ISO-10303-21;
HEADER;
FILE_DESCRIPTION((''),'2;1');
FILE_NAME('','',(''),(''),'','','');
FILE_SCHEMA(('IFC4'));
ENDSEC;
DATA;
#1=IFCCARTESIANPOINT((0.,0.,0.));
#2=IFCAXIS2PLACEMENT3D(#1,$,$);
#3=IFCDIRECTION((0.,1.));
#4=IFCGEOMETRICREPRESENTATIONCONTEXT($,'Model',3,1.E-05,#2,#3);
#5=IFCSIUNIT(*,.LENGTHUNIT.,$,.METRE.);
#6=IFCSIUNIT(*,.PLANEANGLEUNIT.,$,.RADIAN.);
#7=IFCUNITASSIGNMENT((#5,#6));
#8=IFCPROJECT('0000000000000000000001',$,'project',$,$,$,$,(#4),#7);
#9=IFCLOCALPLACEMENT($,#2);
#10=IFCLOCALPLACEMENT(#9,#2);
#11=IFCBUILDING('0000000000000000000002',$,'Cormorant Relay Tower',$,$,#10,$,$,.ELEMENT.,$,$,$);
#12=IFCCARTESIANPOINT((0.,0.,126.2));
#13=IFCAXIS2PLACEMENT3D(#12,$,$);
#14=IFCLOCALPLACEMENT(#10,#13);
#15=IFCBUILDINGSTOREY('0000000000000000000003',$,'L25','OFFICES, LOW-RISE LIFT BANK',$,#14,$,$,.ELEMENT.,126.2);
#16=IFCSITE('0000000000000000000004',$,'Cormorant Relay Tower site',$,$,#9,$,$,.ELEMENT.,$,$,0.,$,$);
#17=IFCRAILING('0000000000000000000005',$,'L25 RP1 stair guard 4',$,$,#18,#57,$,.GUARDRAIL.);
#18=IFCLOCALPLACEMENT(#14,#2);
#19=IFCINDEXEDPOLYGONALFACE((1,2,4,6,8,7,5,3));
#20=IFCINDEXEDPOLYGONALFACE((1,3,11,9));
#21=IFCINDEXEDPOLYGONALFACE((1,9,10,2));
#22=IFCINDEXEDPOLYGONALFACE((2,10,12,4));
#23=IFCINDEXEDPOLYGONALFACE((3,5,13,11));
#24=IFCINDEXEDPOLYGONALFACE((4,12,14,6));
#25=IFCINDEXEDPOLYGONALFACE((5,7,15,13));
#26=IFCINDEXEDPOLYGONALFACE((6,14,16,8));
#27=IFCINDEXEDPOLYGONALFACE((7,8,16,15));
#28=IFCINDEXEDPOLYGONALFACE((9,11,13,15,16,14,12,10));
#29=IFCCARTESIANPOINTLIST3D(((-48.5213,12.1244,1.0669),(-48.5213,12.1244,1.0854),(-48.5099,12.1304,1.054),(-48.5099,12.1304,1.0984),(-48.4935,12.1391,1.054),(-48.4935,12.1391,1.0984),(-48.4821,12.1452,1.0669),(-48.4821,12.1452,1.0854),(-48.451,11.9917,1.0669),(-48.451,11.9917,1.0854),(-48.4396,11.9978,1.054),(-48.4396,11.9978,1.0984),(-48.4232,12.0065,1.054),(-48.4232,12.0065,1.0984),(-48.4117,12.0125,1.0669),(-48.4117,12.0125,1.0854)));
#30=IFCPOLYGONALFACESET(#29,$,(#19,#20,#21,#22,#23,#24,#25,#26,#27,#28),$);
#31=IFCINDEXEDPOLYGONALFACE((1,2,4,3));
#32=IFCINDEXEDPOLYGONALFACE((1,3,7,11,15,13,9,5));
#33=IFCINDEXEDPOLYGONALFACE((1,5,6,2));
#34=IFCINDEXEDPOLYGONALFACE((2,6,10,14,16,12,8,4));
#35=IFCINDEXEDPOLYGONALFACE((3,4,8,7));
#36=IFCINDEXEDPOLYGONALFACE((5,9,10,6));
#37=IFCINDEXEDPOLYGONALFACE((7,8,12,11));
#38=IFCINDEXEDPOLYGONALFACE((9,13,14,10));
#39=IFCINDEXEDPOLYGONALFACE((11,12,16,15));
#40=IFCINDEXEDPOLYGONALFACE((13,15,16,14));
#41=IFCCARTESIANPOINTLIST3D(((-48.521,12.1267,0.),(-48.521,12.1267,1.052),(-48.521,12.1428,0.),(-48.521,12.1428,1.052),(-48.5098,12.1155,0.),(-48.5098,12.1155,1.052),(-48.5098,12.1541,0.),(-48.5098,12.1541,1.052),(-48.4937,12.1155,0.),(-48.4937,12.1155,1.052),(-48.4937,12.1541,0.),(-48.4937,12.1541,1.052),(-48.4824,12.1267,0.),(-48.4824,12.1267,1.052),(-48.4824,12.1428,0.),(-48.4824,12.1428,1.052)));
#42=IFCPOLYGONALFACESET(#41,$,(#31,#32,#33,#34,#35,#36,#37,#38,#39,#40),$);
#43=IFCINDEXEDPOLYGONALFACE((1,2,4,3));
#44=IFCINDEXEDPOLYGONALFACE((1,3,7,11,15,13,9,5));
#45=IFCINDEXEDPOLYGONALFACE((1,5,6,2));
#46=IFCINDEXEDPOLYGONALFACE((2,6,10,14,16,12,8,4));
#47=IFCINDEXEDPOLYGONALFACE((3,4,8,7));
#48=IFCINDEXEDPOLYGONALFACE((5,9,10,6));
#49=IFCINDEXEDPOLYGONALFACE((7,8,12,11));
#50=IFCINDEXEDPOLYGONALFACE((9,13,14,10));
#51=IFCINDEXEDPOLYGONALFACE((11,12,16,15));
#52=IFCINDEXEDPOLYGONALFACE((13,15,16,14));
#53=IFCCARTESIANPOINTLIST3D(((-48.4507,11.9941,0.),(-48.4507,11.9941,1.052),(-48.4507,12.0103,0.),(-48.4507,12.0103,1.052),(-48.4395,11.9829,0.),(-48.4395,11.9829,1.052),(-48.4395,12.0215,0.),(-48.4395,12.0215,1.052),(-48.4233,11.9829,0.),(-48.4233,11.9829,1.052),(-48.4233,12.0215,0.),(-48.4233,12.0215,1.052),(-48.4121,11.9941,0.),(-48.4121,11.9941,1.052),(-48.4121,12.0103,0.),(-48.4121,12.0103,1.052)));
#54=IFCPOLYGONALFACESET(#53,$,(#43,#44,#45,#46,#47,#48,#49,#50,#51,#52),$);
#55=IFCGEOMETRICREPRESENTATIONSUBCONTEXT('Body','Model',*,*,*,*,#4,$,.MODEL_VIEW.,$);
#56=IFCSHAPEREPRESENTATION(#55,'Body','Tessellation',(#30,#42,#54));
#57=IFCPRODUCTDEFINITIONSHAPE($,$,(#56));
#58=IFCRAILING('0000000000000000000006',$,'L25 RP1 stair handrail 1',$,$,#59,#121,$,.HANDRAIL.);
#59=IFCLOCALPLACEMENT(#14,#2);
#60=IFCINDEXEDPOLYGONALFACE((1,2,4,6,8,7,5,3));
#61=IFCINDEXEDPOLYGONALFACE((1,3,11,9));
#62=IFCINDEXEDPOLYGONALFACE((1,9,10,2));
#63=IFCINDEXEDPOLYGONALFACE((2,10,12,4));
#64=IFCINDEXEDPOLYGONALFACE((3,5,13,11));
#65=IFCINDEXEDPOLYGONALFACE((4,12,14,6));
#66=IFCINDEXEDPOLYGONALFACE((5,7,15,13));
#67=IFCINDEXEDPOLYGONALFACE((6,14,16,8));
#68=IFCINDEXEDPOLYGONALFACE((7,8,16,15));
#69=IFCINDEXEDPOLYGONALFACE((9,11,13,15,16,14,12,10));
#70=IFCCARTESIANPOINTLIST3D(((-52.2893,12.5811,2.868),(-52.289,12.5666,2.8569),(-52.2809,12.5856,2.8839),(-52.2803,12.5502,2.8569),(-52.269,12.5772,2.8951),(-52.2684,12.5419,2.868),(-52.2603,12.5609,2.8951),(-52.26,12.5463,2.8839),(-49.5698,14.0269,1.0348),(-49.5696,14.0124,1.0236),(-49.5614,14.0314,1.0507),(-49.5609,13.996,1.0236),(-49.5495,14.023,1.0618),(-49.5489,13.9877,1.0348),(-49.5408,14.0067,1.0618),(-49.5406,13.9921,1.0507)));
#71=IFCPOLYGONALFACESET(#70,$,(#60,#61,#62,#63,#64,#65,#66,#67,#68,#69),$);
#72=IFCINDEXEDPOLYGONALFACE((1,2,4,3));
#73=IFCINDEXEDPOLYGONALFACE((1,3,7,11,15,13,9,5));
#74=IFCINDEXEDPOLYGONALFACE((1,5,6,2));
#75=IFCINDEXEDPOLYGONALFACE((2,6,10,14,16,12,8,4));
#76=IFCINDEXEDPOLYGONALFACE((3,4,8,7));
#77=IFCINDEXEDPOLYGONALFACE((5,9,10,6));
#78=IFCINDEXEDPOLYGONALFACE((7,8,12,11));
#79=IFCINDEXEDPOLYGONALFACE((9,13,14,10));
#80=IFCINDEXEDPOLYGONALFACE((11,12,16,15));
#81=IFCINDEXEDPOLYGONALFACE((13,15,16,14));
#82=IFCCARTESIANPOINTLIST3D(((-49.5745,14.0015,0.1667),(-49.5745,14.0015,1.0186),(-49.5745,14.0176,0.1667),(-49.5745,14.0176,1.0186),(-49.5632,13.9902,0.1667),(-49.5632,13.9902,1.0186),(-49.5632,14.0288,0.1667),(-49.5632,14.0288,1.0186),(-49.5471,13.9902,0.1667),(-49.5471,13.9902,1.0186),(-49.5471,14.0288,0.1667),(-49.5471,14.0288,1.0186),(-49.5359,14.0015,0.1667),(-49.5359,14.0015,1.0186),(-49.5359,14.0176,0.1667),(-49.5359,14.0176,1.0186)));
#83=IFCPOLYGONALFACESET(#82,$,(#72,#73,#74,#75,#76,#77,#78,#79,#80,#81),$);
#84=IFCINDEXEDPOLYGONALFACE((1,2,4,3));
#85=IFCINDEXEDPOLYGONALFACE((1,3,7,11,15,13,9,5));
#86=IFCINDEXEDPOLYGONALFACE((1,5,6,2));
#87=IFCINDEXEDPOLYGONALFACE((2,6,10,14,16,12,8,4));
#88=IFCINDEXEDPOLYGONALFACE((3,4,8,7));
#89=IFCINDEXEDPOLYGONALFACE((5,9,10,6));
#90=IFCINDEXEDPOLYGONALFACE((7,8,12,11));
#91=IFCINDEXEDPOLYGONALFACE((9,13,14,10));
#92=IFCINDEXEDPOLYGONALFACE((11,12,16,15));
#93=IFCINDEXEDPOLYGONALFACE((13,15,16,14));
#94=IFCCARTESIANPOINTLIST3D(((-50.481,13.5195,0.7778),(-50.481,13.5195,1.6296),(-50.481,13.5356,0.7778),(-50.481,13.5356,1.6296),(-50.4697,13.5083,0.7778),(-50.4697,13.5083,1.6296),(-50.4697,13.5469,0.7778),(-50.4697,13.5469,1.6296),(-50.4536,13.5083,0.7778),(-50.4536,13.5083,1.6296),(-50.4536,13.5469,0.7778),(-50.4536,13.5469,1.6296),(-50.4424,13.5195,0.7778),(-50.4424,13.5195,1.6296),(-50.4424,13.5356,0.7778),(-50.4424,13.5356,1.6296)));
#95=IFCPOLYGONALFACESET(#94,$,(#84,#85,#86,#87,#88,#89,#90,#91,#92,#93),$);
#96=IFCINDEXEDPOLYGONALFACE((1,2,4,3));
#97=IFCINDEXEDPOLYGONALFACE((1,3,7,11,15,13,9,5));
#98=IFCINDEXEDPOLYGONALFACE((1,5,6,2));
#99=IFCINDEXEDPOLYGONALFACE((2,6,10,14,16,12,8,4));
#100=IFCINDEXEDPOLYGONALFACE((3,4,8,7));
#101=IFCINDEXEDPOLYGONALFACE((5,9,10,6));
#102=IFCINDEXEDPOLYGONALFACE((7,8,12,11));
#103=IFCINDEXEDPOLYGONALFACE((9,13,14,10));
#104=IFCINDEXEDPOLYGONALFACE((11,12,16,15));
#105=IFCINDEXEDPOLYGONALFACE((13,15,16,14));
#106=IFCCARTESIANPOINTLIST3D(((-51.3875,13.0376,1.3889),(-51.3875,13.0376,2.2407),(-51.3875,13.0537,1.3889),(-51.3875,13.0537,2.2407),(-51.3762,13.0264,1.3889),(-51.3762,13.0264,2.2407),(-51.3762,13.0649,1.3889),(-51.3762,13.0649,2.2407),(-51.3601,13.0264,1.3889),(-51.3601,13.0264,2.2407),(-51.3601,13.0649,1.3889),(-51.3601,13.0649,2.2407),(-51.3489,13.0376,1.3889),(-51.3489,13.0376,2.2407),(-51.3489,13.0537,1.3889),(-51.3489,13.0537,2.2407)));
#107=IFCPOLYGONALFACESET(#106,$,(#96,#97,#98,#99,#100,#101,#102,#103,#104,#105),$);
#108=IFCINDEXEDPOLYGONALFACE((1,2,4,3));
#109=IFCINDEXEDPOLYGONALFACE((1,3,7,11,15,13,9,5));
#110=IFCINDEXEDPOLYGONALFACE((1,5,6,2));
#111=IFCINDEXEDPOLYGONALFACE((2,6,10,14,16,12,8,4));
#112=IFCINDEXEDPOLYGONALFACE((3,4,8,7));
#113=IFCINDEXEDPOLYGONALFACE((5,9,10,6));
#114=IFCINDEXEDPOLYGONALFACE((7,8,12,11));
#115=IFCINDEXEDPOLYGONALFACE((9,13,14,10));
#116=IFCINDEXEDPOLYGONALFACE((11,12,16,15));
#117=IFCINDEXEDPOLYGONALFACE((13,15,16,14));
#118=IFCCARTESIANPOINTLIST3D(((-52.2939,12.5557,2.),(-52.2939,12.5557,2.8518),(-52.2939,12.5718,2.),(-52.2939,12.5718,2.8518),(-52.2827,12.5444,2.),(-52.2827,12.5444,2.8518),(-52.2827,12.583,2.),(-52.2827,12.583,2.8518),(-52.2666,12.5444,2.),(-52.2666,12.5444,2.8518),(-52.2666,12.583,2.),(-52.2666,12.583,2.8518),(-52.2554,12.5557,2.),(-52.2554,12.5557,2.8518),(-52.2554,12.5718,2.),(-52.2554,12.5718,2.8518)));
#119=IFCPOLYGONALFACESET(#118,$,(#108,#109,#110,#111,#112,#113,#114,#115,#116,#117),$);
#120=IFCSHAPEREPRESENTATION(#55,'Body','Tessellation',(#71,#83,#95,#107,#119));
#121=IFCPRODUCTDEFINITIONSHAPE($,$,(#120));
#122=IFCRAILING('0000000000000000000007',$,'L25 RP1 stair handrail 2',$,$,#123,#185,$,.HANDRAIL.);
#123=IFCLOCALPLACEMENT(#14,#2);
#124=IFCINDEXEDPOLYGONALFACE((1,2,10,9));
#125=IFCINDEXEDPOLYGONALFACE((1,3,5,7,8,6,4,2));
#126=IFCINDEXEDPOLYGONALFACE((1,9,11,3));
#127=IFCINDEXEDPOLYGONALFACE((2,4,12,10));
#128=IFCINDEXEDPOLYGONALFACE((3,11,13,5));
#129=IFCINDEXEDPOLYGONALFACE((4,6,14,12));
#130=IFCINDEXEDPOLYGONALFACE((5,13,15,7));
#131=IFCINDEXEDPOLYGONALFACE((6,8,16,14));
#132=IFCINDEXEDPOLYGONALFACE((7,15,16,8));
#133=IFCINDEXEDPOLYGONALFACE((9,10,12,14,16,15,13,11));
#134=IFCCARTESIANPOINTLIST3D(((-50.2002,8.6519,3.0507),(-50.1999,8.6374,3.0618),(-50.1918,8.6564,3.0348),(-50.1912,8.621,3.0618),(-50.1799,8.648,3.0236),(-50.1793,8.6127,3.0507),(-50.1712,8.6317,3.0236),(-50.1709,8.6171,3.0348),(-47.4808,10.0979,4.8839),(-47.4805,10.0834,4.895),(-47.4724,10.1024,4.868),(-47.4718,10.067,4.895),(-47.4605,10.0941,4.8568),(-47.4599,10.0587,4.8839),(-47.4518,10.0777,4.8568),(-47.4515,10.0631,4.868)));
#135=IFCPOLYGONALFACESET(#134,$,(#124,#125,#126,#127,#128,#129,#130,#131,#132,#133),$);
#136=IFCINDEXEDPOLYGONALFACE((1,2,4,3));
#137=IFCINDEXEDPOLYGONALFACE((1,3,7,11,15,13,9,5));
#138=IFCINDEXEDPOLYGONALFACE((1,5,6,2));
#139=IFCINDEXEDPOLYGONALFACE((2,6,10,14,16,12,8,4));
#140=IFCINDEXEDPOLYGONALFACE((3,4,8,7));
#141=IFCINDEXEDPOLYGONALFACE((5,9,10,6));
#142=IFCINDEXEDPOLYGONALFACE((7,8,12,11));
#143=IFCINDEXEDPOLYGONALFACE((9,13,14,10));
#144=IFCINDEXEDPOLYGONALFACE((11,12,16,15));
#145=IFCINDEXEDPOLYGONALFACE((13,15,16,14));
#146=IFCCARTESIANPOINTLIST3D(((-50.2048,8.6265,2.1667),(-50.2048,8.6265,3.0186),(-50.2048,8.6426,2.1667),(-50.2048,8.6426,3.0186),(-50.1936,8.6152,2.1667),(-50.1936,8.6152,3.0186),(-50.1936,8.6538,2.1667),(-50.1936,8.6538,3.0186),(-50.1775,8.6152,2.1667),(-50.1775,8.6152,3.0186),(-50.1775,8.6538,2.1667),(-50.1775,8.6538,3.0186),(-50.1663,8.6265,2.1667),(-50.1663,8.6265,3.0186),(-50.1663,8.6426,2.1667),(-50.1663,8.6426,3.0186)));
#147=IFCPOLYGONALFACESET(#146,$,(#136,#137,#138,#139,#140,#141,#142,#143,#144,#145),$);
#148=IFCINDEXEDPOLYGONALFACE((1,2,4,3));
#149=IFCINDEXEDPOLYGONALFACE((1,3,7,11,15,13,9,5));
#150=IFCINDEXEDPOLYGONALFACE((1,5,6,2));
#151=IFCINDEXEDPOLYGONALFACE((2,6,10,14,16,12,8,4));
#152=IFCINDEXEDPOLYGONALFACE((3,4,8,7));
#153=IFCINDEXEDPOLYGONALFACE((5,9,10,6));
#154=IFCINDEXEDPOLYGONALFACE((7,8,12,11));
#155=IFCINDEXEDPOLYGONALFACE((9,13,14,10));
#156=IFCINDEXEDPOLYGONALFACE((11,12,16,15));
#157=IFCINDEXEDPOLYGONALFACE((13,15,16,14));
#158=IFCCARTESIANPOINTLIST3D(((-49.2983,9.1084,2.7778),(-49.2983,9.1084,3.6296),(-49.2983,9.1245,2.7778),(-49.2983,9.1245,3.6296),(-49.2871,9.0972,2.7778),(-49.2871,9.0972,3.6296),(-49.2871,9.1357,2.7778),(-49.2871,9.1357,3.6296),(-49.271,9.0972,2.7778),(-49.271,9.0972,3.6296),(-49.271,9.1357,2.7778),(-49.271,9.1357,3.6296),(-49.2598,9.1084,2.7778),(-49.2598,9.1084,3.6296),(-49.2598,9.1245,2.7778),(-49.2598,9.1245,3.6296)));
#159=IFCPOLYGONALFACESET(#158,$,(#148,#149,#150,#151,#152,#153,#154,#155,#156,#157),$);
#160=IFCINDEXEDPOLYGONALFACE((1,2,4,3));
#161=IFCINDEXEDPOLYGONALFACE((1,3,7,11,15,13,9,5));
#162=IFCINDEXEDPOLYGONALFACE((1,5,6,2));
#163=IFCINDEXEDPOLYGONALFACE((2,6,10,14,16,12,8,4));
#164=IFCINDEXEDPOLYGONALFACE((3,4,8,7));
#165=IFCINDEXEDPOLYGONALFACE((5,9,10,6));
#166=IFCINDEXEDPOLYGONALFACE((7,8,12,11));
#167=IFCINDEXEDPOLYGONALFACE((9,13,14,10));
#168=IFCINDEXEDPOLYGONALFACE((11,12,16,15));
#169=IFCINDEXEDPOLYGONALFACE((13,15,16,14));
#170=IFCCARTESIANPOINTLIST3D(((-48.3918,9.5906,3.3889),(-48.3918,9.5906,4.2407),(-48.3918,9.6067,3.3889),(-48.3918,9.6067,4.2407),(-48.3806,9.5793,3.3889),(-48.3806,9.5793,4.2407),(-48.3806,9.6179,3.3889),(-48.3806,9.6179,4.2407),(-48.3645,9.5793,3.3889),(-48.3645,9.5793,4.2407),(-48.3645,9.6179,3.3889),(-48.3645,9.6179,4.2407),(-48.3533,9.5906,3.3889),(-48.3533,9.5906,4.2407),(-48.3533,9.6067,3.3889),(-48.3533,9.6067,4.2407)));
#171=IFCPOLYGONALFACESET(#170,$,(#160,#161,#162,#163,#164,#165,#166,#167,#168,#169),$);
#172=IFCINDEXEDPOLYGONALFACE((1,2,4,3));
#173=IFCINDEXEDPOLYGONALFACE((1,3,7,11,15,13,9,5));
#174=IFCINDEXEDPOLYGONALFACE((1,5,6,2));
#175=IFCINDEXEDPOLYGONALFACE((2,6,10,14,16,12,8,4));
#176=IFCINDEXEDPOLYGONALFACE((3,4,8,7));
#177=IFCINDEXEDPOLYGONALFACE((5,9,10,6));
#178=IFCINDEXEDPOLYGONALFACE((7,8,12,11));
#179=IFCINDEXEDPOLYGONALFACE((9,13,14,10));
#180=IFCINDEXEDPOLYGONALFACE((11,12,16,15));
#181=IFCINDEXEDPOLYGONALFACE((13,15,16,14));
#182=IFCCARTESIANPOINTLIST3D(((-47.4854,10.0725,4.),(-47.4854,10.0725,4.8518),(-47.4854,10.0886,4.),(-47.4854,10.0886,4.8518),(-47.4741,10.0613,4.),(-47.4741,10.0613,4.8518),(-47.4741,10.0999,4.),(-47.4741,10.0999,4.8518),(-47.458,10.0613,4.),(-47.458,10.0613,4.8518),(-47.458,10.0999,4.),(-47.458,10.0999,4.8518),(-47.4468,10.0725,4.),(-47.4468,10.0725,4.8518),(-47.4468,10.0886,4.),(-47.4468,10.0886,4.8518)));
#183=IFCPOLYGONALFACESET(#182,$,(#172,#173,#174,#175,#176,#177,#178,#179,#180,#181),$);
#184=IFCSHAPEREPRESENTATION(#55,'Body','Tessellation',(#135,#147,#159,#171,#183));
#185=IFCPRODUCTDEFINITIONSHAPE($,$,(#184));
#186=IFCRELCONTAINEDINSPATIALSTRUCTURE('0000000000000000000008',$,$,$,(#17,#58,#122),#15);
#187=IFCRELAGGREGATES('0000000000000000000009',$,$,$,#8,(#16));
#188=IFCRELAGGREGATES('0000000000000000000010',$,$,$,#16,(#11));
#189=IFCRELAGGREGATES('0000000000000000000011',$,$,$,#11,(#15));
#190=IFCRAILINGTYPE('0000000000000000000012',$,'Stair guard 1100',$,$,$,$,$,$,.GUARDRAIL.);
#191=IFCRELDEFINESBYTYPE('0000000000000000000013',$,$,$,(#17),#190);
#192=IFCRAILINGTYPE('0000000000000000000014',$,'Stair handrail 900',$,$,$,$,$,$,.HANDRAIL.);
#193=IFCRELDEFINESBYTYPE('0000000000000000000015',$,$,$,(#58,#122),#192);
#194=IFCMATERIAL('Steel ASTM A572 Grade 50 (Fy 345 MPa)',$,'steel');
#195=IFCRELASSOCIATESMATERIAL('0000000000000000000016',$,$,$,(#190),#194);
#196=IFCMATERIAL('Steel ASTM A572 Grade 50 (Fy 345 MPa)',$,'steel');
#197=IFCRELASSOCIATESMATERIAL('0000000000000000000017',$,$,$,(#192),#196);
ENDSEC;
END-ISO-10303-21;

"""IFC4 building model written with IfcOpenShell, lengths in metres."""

from ifc_helpers import new_model, si_unit, direction, frame, origin, place, context, subcontext, project, spatial, polyline, outline, extrude, material, type_object, element, save


model = new_model("IFC4")

# Units and contexts
model_context = context("Model", 3, precision=1e-05, world=origin(), true_north=direction((0.0, 1.0)))
body_context = subcontext(model_context, "Body", "Model", "MODEL_VIEW")
ifc_project = project(units=[si_unit("LENGTHUNIT", "METRE"), si_unit("PLANEANGLEUNIT", "RADIAN")], contexts=[model_context])

# Site, building, storey
site_placement = place(None, origin())
site = spatial("IfcSite", under=ifc_project, at=site_placement, Name="Cormorant Relay Tower site", CompositionType="ELEMENT", RefElevation=0.0)
building_placement = place(site_placement, origin())
building = spatial("IfcBuilding", under=site, at=building_placement, Name="Cormorant Relay Tower", CompositionType="ELEMENT")
storey_placement = place(building_placement, frame((0.0, 0.0, 126.2)))
storey = spatial("IfcBuildingStorey", under=building, at=storey_placement, Name="L25", Description="OFFICES, LOW-RISE LIFT BANK", CompositionType="ELEMENT", Elevation=126.2)

# Railings
ifc_material_1 = material(Name="Steel ASTM A572 Grade 50 (Fy 345 MPa)", Category="steel")
railing_type_1 = type_object("IfcRailingType", Name="Stair guard 1100", PredefinedType="GUARDRAIL", material=ifc_material_1)
railing_1_placement = place(storey_placement, frame((-48.5017, 12.1348, 0.0)))
element("IfcRailing", 1, at=railing_1_placement, inside=storey, type_object=railing_type_1, Name="L25 RP1 stair guard 4", PredefinedType="GUARDRAIL", context=body_context, shape_type="SweptSolid", body=[
    extrude(outline(polyline([(0.0222, 0.0093), (0.0093, 0.0222), (-0.0093, 0.0222), (-0.0222, 0.0093), (-0.0222, -0.0093), (-0.0093, -0.0222), (0.0093, -0.0222), (0.0222, -0.0093), (0.0222, 0.0093)])), frame((0.0, 0.0, 1.0762), z_axis=(0.46856, -0.883431, 0.0), x_axis=(0.883431, 0.46856, 0.0)), (0.0, 0.0, 1.0), 0.1501),
    extrude(outline(polyline([(0.0193, 0.0081), (0.0081, 0.0193), (-0.0081, 0.0193), (-0.0193, 0.0081), (-0.0193, -0.0081), (-0.0081, -0.0193), (0.0081, -0.0193), (0.0193, -0.0081), (0.0193, 0.0081)])), origin(), (0.0, 0.0, 1.0), 1.052),
    extrude(outline(polyline([(0.0193, 0.0081), (0.0081, 0.0193), (-0.0081, 0.0193), (-0.0193, 0.0081), (-0.0193, -0.0081), (-0.0081, -0.0193), (0.0081, -0.0193), (0.0193, -0.0081), (0.0193, 0.0081)])), frame((0.0703, -0.1326, 0.0)), (0.0, 0.0, 1.0), 1.052),
])
ifc_material_2 = material(Name="Steel ASTM A572 Grade 50 (Fy 345 MPa)", Category="steel")
railing_type_2 = type_object("IfcRailingType", Name="Stair handrail 900", PredefinedType="HANDRAIL", material=ifc_material_2)
railing_2_placement = place(storey_placement, frame((-49.5552, 14.0095, 0.1667)))
element("IfcRailing", 2, at=railing_2_placement, inside=storey, type_object=railing_type_2, Name="L25 RP1 stair handrail 1", PredefinedType="HANDRAIL", context=body_context, shape_type="SweptSolid", body=[
    extrude(outline(polyline([(0.0222, 0.0093), (0.0093, 0.0222), (-0.0093, 0.0222), (-0.0222, 0.0093), (-0.0222, -0.0093), (-0.0093, -0.0222), (0.0093, -0.0222), (0.0222, -0.0093), (0.0222, 0.0093)])), frame((0.0, 0.0, 0.876), z_axis=(-0.758735, -0.403378, 0.511477), x_axis=(0.469428, -0.882971, 0.0)), (0.0, 0.0, 1.0), 3.5842),
    extrude(outline(polyline([(0.0193, 0.0081), (0.0081, 0.0193), (-0.0081, 0.0193), (-0.0193, 0.0081), (-0.0193, -0.0081), (-0.0081, -0.0193), (0.0081, -0.0193), (0.0193, -0.0081), (0.0193, 0.0081)])), origin(), (0.0, 0.0, 1.0), 0.8518),
    extrude(outline(polyline([(0.0193, 0.0081), (0.0081, 0.0193), (-0.0081, 0.0193), (-0.0193, 0.0081), (-0.0193, -0.0081), (-0.0081, -0.0193), (0.0081, -0.0193), (0.0193, -0.0081), (0.0193, 0.0081)])), frame((-0.9065, -0.4819, 0.6111)), (0.0, 0.0, 1.0), 0.8518),
    extrude(outline(polyline([(0.0193, 0.0081), (0.0081, 0.0193), (-0.0081, 0.0193), (-0.0193, 0.0081), (-0.0193, -0.0081), (-0.0081, -0.0193), (0.0081, -0.0193), (0.0193, -0.0081), (0.0193, 0.0081)])), frame((-1.813, -0.9639, 1.2222)), (0.0, 0.0, 1.0), 0.8518),
    extrude(outline(polyline([(0.0193, 0.0081), (0.0081, 0.0193), (-0.0081, 0.0193), (-0.0193, 0.0081), (-0.0193, -0.0081), (-0.0081, -0.0193), (0.0081, -0.0193), (0.0193, -0.0081), (0.0193, 0.0081)])), frame((-2.7195, -1.4458, 1.8333)), (0.0, 0.0, 1.0), 0.8518),
])
railing_3_placement = place(storey_placement, frame((-50.1855, 8.6345, 2.1667)))
element("IfcRailing", 3, at=railing_3_placement, inside=storey, type_object=railing_type_2, Name="L25 RP1 stair handrail 2", PredefinedType="HANDRAIL", context=body_context, shape_type="SweptSolid", body=[
    extrude(outline(polyline([(0.0222, 0.0093), (0.0093, 0.0222), (-0.0093, 0.0222), (-0.0222, 0.0093), (-0.0222, -0.0093), (-0.0093, -0.0222), (0.0093, -0.0222), (0.0222, -0.0093), (0.0222, 0.0093)])), frame((0.0, 0.0, 0.876), z_axis=(0.758714, 0.403435, 0.511463), x_axis=(-0.469489, 0.882938, 0.0)), (0.0, 0.0, 1.0), 3.5842),
    extrude(outline(polyline([(0.0193, 0.0081), (0.0081, 0.0193), (-0.0081, 0.0193), (-0.0193, 0.0081), (-0.0193, -0.0081), (-0.0081, -0.0193), (0.0081, -0.0193), (0.0193, -0.0081), (0.0193, 0.0081)])), origin(), (0.0, 0.0, 1.0), 0.8518),
    extrude(outline(polyline([(0.0193, 0.0081), (0.0081, 0.0193), (-0.0081, 0.0193), (-0.0193, 0.0081), (-0.0193, -0.0081), (-0.0081, -0.0193), (0.0081, -0.0193), (0.0193, -0.0081), (0.0193, 0.0081)])), frame((0.9065, 0.4819, 0.6111)), (0.0, 0.0, 1.0), 0.8518),
    extrude(outline(polyline([(0.0193, 0.0081), (0.0081, 0.0193), (-0.0081, 0.0193), (-0.0193, 0.0081), (-0.0193, -0.0081), (-0.0081, -0.0193), (0.0081, -0.0193), (0.0193, -0.0081), (0.0193, 0.0081)])), frame((1.813, 0.9641, 1.2222)), (0.0, 0.0, 1.0), 0.8518),
    extrude(outline(polyline([(0.0193, 0.0081), (0.0081, 0.0193), (-0.0081, 0.0193), (-0.0193, 0.0081), (-0.0193, -0.0081), (-0.0081, -0.0193), (0.0081, -0.0193), (0.0193, -0.0081), (0.0193, 0.0081)])), frame((2.7195, 1.446, 1.8333)), (0.0, 0.0, 1.0), 0.8518),
])

save(model, "model.ifc")
